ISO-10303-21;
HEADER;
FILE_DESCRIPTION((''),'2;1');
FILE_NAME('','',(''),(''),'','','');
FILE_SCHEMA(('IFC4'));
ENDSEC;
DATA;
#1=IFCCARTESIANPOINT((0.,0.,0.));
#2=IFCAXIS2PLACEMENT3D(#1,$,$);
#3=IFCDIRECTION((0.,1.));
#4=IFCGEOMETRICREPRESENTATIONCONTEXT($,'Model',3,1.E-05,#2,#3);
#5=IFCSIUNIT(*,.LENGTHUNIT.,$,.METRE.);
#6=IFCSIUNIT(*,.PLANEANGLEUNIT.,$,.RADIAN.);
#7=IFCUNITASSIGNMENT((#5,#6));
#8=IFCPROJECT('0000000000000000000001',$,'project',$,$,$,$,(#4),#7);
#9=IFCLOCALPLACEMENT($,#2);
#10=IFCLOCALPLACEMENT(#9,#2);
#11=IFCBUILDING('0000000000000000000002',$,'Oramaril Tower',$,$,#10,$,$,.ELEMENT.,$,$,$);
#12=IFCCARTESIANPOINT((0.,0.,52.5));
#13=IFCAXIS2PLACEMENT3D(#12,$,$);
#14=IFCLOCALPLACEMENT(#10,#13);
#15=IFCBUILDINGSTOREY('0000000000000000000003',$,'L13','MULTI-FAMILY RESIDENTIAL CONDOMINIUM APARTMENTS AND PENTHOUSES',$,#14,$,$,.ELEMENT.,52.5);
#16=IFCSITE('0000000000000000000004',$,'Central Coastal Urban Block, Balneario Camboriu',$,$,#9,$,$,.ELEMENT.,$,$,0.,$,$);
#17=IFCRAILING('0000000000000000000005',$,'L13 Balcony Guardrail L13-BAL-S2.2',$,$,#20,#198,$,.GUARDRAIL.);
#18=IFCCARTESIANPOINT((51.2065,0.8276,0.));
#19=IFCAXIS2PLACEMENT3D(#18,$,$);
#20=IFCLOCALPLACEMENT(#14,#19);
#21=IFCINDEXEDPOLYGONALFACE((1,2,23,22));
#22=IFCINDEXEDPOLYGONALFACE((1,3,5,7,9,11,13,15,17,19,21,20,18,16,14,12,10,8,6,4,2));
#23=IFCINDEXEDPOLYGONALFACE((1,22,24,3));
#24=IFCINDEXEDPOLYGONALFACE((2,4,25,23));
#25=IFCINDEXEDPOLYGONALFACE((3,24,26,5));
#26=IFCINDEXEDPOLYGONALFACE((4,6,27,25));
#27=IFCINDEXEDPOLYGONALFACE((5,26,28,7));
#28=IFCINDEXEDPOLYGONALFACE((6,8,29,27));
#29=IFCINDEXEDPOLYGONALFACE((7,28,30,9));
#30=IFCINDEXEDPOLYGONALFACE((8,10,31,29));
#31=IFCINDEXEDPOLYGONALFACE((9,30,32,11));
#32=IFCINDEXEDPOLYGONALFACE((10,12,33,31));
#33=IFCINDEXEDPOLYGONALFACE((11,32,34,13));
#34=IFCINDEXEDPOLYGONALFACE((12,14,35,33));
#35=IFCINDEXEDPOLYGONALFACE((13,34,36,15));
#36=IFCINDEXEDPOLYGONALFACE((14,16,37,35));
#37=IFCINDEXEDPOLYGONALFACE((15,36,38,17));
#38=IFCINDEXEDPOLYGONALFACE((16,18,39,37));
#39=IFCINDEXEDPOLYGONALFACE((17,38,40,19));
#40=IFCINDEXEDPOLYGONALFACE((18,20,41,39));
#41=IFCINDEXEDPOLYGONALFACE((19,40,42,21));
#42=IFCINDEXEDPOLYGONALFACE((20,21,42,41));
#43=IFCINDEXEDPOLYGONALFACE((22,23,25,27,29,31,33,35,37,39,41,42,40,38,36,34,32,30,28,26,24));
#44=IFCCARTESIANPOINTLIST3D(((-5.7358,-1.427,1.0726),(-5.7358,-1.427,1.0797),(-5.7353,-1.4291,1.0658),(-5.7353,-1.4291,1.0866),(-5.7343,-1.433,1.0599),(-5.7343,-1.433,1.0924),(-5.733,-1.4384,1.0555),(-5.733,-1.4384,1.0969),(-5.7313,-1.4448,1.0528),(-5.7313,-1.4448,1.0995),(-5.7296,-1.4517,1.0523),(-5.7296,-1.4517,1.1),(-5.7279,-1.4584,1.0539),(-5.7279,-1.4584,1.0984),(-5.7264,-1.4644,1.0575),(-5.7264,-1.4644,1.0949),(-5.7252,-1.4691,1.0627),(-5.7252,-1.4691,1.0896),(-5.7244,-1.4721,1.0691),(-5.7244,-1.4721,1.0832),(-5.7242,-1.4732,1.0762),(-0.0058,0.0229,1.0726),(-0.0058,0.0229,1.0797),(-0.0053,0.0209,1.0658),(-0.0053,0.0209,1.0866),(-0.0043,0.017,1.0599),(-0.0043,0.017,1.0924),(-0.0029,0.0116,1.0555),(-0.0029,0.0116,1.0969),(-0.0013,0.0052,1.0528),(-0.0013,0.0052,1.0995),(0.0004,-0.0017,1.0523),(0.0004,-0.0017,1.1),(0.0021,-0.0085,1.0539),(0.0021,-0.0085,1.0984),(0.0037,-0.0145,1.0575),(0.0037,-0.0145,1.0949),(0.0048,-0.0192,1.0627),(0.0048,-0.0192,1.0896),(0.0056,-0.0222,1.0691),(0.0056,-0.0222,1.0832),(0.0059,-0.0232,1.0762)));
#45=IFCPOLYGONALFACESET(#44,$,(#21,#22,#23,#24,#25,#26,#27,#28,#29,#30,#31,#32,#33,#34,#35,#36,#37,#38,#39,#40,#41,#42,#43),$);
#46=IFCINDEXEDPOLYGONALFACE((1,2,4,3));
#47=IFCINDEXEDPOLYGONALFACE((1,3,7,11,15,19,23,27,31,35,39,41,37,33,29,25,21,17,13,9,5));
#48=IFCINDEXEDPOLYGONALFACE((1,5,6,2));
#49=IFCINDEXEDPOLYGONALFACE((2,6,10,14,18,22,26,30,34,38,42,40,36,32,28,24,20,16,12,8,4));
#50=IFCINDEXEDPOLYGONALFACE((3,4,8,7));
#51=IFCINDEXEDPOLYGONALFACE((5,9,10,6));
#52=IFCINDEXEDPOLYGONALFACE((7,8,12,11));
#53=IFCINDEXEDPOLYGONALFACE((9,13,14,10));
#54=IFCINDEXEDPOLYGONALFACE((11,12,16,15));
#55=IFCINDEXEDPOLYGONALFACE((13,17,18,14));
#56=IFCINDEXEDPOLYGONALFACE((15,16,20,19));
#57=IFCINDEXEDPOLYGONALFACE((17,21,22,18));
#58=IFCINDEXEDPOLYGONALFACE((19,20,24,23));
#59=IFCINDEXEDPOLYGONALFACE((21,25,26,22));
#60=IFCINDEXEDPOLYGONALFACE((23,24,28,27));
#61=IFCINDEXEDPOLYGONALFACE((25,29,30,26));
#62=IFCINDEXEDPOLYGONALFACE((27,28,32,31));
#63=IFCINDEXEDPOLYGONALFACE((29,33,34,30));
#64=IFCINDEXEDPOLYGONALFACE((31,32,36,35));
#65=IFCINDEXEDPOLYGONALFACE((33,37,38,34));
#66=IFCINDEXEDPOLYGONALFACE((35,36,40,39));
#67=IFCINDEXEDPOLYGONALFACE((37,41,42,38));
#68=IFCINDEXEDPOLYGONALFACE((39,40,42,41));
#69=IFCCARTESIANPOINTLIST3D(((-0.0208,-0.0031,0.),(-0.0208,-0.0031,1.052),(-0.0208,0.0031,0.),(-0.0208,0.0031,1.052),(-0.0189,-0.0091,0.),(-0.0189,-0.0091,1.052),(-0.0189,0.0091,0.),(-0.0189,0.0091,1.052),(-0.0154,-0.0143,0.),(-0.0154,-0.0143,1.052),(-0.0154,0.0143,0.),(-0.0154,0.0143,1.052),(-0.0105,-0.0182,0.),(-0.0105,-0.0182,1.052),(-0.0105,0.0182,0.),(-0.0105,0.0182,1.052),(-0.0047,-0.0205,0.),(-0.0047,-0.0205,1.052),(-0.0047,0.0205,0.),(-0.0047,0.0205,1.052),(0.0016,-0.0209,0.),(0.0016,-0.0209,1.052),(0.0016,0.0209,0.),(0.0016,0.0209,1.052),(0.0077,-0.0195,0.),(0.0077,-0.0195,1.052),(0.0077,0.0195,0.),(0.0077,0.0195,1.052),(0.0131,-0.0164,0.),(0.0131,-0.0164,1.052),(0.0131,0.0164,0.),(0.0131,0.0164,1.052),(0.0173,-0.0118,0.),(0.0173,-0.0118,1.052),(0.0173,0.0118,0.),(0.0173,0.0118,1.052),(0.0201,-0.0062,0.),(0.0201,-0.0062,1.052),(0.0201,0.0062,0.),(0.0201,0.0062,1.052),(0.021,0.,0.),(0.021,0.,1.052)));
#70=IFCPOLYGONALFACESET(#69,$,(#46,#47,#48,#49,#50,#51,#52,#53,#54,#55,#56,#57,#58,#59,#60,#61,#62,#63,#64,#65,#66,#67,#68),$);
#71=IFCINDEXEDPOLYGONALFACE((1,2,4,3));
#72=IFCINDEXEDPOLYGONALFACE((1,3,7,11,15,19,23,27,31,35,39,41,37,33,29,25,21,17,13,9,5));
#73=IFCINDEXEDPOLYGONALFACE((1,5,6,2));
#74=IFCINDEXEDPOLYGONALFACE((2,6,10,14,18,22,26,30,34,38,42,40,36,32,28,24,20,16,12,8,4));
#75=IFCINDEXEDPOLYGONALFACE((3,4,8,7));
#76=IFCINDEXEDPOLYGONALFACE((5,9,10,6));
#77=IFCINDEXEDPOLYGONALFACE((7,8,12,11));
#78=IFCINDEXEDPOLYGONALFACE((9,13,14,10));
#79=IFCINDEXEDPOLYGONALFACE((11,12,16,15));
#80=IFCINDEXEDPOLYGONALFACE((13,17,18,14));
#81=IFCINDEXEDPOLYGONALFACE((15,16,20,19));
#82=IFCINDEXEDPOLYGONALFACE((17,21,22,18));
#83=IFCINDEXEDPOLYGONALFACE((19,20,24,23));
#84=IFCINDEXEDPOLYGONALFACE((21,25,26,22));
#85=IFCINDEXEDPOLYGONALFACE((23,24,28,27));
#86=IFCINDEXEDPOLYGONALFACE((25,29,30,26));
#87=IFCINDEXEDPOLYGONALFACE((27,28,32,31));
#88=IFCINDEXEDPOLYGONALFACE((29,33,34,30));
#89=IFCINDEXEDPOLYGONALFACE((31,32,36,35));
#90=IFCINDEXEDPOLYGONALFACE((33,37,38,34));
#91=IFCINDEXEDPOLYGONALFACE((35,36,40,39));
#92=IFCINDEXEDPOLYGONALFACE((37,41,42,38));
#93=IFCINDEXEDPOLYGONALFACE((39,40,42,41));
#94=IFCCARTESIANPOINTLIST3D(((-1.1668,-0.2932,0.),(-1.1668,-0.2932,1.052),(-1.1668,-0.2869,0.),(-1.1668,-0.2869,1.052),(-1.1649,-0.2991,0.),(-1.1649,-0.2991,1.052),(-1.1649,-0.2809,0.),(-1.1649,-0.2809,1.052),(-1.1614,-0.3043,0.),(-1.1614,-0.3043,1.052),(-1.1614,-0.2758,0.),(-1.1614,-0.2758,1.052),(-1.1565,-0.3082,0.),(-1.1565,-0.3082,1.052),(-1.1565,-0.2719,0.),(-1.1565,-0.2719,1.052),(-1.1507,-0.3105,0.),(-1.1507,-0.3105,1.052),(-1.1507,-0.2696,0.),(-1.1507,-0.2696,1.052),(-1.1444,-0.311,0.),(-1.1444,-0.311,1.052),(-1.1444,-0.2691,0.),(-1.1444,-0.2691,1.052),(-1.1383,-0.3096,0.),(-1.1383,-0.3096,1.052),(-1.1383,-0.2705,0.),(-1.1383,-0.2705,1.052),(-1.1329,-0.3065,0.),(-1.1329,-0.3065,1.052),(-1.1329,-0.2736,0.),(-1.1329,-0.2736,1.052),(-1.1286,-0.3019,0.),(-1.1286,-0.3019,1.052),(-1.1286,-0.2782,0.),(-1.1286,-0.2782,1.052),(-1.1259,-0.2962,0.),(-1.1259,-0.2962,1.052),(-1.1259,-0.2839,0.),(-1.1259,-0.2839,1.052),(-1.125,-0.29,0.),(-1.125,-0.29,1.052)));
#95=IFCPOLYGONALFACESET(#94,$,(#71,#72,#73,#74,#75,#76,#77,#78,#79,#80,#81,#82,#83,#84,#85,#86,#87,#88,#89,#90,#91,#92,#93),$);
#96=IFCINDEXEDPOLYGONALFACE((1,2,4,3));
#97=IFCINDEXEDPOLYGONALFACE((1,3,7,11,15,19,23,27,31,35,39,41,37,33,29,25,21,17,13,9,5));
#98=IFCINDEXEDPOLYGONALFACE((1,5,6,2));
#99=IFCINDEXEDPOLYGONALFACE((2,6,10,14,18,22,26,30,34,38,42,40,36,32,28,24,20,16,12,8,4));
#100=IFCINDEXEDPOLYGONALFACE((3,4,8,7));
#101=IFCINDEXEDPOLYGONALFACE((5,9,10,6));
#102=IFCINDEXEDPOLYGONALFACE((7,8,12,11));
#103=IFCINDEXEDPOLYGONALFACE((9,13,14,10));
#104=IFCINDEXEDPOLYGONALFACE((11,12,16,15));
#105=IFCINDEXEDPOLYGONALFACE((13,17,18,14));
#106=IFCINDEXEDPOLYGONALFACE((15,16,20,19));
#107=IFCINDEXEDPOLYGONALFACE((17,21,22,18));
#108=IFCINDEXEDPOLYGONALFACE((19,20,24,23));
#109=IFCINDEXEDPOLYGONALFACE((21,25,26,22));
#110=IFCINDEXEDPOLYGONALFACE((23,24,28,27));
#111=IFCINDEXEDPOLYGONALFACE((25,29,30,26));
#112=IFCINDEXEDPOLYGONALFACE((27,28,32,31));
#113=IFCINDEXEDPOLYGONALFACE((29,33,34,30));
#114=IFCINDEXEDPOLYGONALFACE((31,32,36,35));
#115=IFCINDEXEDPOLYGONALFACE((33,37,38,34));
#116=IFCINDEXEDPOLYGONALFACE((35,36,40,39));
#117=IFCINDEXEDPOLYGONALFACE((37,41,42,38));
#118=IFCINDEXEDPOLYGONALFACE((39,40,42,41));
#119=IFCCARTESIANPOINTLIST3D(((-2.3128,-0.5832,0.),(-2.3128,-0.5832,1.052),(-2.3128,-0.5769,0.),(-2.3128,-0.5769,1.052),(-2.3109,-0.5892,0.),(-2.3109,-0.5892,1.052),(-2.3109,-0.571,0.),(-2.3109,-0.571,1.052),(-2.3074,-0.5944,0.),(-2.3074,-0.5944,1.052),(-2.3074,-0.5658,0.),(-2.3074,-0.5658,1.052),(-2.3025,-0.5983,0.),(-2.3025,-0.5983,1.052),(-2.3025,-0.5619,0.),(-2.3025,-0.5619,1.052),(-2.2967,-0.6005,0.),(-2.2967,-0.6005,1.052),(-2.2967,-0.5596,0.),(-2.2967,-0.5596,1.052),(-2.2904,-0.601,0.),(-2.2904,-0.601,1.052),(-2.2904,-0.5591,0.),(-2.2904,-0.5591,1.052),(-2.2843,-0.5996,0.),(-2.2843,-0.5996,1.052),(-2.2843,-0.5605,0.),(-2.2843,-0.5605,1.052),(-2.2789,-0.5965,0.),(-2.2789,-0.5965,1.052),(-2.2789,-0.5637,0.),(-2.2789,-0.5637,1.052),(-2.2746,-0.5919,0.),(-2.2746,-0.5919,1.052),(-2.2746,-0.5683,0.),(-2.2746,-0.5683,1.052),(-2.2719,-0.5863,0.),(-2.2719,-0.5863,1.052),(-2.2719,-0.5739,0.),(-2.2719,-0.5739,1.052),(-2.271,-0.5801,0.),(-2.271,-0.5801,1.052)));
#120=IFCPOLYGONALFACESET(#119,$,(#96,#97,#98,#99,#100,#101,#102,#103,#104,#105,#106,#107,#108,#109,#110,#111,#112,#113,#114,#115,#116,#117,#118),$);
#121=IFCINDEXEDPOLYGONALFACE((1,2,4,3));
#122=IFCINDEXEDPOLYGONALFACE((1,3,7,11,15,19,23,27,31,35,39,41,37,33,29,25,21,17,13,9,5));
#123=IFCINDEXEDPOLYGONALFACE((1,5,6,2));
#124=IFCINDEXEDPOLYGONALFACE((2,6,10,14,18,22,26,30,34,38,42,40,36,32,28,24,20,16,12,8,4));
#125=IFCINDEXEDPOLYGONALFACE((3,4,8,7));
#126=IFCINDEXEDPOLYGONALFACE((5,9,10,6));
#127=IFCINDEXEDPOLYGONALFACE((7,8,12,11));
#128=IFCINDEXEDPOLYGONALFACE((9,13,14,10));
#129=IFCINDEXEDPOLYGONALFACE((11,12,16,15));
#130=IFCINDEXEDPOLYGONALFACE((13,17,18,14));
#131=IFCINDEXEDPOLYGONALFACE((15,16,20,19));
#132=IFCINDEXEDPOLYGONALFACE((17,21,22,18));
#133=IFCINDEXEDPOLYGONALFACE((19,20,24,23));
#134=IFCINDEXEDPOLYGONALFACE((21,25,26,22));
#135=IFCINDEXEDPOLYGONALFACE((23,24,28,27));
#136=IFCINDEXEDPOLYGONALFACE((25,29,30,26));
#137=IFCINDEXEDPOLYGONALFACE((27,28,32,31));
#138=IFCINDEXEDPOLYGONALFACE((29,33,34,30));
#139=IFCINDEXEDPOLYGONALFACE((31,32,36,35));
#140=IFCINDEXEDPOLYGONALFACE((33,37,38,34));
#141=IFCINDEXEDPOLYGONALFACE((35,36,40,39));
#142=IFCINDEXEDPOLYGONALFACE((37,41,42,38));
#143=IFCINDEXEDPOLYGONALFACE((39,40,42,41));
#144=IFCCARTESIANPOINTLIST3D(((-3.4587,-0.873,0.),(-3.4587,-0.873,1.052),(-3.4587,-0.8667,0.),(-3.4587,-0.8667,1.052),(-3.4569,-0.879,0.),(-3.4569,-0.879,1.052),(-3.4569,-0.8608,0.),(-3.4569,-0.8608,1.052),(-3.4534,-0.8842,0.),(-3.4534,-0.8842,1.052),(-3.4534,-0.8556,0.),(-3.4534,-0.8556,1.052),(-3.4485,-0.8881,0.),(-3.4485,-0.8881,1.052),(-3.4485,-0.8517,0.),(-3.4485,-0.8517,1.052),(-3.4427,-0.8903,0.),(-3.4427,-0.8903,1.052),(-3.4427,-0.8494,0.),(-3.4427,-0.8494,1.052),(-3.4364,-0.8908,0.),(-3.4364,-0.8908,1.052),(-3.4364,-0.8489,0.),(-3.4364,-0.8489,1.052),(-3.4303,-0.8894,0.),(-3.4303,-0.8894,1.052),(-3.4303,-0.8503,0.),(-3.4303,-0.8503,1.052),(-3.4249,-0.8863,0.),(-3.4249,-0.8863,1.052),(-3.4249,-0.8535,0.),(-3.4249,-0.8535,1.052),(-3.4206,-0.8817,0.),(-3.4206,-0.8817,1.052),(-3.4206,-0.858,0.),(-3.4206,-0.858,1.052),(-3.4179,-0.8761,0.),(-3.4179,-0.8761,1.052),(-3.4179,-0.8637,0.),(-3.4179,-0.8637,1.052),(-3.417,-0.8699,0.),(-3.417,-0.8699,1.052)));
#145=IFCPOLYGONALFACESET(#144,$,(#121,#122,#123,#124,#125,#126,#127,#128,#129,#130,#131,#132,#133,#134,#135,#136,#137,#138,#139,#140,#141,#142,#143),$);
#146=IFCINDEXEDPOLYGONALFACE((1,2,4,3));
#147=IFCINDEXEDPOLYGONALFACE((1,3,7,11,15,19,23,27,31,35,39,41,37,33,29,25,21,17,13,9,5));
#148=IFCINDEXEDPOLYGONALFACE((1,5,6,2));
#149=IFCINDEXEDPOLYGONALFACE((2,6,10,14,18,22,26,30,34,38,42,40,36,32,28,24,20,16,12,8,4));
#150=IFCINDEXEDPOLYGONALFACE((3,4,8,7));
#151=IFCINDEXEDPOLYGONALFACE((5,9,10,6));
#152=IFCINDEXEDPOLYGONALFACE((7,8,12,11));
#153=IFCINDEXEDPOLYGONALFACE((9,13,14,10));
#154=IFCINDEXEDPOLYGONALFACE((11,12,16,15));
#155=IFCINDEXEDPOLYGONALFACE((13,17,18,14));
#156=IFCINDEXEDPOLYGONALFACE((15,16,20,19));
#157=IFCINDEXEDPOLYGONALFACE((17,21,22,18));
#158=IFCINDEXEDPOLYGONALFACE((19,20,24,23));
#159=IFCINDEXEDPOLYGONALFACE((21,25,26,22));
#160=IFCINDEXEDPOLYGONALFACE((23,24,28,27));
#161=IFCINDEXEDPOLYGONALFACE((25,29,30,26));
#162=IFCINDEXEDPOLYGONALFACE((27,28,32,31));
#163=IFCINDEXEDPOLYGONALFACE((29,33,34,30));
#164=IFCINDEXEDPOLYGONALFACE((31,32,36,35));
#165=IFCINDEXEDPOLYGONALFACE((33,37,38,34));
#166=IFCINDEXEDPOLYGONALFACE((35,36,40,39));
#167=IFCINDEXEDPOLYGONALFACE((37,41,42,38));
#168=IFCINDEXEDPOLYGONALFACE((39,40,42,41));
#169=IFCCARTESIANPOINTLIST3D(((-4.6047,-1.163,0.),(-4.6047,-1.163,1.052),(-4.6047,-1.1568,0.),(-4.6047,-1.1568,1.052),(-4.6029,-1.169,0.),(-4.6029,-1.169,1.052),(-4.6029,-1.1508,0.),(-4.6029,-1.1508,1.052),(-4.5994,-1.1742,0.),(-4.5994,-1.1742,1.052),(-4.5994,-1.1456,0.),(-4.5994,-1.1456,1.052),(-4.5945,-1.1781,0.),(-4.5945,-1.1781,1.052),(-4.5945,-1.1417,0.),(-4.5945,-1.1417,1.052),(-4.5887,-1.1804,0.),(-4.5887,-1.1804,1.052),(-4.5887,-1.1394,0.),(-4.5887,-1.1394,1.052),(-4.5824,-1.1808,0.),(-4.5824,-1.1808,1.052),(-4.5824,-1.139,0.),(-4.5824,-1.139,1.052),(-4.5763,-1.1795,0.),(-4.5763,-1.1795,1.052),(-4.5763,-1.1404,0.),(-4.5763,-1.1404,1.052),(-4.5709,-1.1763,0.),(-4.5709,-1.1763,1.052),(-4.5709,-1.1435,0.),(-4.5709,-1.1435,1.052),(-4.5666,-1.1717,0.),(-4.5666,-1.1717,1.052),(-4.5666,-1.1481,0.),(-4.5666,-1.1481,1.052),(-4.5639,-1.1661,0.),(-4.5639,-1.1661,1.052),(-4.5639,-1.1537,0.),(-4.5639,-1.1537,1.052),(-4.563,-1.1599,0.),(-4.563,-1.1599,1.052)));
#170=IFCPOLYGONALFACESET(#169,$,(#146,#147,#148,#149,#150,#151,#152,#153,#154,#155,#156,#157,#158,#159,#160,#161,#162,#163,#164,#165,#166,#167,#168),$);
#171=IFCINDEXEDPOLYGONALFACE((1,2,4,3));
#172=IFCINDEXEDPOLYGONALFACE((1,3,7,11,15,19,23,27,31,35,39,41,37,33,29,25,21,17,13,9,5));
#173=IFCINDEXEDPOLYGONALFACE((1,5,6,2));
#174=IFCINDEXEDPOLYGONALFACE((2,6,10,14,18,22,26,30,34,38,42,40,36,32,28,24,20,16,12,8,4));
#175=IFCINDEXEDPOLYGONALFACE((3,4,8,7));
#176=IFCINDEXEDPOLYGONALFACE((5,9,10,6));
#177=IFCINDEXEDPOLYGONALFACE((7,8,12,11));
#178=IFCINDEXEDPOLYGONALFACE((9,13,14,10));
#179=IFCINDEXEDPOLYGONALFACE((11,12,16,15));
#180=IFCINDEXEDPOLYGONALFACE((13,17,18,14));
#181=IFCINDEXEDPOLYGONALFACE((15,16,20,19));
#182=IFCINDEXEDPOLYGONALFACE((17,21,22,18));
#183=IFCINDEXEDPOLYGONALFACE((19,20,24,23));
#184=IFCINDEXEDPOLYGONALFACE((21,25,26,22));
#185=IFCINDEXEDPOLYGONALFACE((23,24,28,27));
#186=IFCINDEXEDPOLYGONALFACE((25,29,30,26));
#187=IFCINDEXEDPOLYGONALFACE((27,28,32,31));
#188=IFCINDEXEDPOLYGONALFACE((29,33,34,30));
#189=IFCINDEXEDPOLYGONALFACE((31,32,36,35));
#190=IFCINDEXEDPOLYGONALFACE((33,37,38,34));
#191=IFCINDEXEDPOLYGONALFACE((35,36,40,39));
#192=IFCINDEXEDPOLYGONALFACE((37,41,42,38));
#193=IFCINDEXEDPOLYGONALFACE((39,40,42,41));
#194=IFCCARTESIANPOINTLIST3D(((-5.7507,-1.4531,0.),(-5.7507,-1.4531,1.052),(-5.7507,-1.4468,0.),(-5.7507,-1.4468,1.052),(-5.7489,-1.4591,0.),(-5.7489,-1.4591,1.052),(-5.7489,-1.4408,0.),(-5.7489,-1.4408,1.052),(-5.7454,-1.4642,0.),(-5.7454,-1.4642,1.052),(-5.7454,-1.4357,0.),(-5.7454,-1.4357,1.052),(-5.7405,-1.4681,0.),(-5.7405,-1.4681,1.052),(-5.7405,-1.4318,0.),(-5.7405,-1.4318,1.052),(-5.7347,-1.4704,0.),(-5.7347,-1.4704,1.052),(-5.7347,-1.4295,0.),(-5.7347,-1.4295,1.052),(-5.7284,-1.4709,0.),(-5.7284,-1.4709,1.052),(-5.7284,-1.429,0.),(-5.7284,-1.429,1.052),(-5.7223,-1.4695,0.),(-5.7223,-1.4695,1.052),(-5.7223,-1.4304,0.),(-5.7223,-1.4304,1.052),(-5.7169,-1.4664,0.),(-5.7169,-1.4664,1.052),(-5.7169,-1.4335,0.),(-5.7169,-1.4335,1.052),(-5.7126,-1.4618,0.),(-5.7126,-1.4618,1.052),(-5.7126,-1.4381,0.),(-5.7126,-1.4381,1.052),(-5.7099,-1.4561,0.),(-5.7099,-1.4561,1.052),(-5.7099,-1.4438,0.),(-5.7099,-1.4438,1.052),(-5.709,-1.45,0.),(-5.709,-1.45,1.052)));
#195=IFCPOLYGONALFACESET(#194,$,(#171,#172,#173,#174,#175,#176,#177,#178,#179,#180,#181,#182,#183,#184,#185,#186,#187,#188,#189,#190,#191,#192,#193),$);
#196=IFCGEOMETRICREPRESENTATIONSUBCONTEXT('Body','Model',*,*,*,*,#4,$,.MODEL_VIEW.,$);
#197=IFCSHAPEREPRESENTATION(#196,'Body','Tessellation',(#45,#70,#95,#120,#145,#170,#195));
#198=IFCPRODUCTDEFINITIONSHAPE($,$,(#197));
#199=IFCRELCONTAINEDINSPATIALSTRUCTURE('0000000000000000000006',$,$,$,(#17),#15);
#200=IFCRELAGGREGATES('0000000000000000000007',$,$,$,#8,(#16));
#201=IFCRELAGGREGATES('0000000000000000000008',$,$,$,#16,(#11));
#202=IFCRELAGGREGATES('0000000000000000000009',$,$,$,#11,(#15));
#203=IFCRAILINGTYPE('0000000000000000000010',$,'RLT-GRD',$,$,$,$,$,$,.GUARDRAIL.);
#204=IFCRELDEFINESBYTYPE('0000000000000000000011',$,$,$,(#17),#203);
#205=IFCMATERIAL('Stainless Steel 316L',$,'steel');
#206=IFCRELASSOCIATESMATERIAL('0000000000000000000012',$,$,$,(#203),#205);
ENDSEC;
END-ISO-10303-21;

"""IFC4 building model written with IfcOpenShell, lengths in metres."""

from ifc_helpers import new_model, si_unit, direction, frame, origin, origin_2d, place, context, subcontext, project, spatial, circle, extrude, material, type_object, element, save


model = new_model("IFC4")

# Units and contexts
model_context = context("Model", 3, precision=1e-05, world=origin(), true_north=direction((0.0, 1.0)))
body_context = subcontext(model_context, "Body", "Model", "MODEL_VIEW")
ifc_project = project(units=[si_unit("LENGTHUNIT", "METRE"), si_unit("PLANEANGLEUNIT", "RADIAN")], contexts=[model_context])

# Site, building, storey
site_placement = place(None, origin())
site = spatial("IfcSite", under=ifc_project, at=site_placement, Name="Central Coastal Urban Block, Balneario Camboriu", CompositionType="ELEMENT", RefElevation=0.0)
building_placement = place(site_placement, origin())
building = spatial("IfcBuilding", under=site, at=building_placement, Name="Oramaril Tower", CompositionType="ELEMENT")
storey_placement = place(building_placement, frame((0.0, 0.0, 52.5)))
storey = spatial("IfcBuildingStorey", under=building, at=storey_placement, Name="L13", Description="MULTI-FAMILY RESIDENTIAL CONDOMINIUM APARTMENTS AND PENTHOUSES", CompositionType="ELEMENT", Elevation=52.5)

# Railing
ifc_material_1 = material(Name="Stainless Steel 316L", Category="steel")
railing_type = type_object("IfcRailingType", Name="RLT-GRD", PredefinedType="GUARDRAIL", material=ifc_material_1)
railing_1_placement = place(storey_placement, frame((51.2065, 0.8276, 0.0)))
element("IfcRailing", 1, at=railing_1_placement, inside=storey, type_object=railing_type, Name="L13 Balcony Guardrail L13-BAL-S2.2", PredefinedType="GUARDRAIL", context=body_context, shape_type="SweptSolid", body=[
    extrude(circle(Radius=0.0239, at=origin_2d()), frame((0.0, 0.0, 1.0762), z_axis=(-0.969444, -0.245314, 0.0), x_axis=(0.245314, -0.969444, 0.0)), (0.0, 0.0, 1.0), 5.9106),
    extrude(circle(Radius=0.021, at=origin_2d()), origin(), (0.0, 0.0, 1.0), 1.052),
    extrude(circle(Radius=0.021, at=origin_2d()), frame((-1.146, -0.29, 0.0)), (0.0, 0.0, 1.0), 1.052),
    extrude(circle(Radius=0.021, at=origin_2d()), frame((-2.292, -0.5801, 0.0)), (0.0, 0.0, 1.0), 1.052),
    extrude(circle(Radius=0.021, at=origin_2d()), frame((-3.438, -0.8699, 0.0)), (0.0, 0.0, 1.0), 1.052),
    extrude(circle(Radius=0.021, at=origin_2d()), frame((-4.584, -1.1599, 0.0)), (0.0, 0.0, 1.0), 1.052),
    extrude(circle(Radius=0.021, at=origin_2d()), frame((-5.73, -1.45, 0.0)), (0.0, 0.0, 1.0), 1.052),
])

save(model, "model.ifc")
